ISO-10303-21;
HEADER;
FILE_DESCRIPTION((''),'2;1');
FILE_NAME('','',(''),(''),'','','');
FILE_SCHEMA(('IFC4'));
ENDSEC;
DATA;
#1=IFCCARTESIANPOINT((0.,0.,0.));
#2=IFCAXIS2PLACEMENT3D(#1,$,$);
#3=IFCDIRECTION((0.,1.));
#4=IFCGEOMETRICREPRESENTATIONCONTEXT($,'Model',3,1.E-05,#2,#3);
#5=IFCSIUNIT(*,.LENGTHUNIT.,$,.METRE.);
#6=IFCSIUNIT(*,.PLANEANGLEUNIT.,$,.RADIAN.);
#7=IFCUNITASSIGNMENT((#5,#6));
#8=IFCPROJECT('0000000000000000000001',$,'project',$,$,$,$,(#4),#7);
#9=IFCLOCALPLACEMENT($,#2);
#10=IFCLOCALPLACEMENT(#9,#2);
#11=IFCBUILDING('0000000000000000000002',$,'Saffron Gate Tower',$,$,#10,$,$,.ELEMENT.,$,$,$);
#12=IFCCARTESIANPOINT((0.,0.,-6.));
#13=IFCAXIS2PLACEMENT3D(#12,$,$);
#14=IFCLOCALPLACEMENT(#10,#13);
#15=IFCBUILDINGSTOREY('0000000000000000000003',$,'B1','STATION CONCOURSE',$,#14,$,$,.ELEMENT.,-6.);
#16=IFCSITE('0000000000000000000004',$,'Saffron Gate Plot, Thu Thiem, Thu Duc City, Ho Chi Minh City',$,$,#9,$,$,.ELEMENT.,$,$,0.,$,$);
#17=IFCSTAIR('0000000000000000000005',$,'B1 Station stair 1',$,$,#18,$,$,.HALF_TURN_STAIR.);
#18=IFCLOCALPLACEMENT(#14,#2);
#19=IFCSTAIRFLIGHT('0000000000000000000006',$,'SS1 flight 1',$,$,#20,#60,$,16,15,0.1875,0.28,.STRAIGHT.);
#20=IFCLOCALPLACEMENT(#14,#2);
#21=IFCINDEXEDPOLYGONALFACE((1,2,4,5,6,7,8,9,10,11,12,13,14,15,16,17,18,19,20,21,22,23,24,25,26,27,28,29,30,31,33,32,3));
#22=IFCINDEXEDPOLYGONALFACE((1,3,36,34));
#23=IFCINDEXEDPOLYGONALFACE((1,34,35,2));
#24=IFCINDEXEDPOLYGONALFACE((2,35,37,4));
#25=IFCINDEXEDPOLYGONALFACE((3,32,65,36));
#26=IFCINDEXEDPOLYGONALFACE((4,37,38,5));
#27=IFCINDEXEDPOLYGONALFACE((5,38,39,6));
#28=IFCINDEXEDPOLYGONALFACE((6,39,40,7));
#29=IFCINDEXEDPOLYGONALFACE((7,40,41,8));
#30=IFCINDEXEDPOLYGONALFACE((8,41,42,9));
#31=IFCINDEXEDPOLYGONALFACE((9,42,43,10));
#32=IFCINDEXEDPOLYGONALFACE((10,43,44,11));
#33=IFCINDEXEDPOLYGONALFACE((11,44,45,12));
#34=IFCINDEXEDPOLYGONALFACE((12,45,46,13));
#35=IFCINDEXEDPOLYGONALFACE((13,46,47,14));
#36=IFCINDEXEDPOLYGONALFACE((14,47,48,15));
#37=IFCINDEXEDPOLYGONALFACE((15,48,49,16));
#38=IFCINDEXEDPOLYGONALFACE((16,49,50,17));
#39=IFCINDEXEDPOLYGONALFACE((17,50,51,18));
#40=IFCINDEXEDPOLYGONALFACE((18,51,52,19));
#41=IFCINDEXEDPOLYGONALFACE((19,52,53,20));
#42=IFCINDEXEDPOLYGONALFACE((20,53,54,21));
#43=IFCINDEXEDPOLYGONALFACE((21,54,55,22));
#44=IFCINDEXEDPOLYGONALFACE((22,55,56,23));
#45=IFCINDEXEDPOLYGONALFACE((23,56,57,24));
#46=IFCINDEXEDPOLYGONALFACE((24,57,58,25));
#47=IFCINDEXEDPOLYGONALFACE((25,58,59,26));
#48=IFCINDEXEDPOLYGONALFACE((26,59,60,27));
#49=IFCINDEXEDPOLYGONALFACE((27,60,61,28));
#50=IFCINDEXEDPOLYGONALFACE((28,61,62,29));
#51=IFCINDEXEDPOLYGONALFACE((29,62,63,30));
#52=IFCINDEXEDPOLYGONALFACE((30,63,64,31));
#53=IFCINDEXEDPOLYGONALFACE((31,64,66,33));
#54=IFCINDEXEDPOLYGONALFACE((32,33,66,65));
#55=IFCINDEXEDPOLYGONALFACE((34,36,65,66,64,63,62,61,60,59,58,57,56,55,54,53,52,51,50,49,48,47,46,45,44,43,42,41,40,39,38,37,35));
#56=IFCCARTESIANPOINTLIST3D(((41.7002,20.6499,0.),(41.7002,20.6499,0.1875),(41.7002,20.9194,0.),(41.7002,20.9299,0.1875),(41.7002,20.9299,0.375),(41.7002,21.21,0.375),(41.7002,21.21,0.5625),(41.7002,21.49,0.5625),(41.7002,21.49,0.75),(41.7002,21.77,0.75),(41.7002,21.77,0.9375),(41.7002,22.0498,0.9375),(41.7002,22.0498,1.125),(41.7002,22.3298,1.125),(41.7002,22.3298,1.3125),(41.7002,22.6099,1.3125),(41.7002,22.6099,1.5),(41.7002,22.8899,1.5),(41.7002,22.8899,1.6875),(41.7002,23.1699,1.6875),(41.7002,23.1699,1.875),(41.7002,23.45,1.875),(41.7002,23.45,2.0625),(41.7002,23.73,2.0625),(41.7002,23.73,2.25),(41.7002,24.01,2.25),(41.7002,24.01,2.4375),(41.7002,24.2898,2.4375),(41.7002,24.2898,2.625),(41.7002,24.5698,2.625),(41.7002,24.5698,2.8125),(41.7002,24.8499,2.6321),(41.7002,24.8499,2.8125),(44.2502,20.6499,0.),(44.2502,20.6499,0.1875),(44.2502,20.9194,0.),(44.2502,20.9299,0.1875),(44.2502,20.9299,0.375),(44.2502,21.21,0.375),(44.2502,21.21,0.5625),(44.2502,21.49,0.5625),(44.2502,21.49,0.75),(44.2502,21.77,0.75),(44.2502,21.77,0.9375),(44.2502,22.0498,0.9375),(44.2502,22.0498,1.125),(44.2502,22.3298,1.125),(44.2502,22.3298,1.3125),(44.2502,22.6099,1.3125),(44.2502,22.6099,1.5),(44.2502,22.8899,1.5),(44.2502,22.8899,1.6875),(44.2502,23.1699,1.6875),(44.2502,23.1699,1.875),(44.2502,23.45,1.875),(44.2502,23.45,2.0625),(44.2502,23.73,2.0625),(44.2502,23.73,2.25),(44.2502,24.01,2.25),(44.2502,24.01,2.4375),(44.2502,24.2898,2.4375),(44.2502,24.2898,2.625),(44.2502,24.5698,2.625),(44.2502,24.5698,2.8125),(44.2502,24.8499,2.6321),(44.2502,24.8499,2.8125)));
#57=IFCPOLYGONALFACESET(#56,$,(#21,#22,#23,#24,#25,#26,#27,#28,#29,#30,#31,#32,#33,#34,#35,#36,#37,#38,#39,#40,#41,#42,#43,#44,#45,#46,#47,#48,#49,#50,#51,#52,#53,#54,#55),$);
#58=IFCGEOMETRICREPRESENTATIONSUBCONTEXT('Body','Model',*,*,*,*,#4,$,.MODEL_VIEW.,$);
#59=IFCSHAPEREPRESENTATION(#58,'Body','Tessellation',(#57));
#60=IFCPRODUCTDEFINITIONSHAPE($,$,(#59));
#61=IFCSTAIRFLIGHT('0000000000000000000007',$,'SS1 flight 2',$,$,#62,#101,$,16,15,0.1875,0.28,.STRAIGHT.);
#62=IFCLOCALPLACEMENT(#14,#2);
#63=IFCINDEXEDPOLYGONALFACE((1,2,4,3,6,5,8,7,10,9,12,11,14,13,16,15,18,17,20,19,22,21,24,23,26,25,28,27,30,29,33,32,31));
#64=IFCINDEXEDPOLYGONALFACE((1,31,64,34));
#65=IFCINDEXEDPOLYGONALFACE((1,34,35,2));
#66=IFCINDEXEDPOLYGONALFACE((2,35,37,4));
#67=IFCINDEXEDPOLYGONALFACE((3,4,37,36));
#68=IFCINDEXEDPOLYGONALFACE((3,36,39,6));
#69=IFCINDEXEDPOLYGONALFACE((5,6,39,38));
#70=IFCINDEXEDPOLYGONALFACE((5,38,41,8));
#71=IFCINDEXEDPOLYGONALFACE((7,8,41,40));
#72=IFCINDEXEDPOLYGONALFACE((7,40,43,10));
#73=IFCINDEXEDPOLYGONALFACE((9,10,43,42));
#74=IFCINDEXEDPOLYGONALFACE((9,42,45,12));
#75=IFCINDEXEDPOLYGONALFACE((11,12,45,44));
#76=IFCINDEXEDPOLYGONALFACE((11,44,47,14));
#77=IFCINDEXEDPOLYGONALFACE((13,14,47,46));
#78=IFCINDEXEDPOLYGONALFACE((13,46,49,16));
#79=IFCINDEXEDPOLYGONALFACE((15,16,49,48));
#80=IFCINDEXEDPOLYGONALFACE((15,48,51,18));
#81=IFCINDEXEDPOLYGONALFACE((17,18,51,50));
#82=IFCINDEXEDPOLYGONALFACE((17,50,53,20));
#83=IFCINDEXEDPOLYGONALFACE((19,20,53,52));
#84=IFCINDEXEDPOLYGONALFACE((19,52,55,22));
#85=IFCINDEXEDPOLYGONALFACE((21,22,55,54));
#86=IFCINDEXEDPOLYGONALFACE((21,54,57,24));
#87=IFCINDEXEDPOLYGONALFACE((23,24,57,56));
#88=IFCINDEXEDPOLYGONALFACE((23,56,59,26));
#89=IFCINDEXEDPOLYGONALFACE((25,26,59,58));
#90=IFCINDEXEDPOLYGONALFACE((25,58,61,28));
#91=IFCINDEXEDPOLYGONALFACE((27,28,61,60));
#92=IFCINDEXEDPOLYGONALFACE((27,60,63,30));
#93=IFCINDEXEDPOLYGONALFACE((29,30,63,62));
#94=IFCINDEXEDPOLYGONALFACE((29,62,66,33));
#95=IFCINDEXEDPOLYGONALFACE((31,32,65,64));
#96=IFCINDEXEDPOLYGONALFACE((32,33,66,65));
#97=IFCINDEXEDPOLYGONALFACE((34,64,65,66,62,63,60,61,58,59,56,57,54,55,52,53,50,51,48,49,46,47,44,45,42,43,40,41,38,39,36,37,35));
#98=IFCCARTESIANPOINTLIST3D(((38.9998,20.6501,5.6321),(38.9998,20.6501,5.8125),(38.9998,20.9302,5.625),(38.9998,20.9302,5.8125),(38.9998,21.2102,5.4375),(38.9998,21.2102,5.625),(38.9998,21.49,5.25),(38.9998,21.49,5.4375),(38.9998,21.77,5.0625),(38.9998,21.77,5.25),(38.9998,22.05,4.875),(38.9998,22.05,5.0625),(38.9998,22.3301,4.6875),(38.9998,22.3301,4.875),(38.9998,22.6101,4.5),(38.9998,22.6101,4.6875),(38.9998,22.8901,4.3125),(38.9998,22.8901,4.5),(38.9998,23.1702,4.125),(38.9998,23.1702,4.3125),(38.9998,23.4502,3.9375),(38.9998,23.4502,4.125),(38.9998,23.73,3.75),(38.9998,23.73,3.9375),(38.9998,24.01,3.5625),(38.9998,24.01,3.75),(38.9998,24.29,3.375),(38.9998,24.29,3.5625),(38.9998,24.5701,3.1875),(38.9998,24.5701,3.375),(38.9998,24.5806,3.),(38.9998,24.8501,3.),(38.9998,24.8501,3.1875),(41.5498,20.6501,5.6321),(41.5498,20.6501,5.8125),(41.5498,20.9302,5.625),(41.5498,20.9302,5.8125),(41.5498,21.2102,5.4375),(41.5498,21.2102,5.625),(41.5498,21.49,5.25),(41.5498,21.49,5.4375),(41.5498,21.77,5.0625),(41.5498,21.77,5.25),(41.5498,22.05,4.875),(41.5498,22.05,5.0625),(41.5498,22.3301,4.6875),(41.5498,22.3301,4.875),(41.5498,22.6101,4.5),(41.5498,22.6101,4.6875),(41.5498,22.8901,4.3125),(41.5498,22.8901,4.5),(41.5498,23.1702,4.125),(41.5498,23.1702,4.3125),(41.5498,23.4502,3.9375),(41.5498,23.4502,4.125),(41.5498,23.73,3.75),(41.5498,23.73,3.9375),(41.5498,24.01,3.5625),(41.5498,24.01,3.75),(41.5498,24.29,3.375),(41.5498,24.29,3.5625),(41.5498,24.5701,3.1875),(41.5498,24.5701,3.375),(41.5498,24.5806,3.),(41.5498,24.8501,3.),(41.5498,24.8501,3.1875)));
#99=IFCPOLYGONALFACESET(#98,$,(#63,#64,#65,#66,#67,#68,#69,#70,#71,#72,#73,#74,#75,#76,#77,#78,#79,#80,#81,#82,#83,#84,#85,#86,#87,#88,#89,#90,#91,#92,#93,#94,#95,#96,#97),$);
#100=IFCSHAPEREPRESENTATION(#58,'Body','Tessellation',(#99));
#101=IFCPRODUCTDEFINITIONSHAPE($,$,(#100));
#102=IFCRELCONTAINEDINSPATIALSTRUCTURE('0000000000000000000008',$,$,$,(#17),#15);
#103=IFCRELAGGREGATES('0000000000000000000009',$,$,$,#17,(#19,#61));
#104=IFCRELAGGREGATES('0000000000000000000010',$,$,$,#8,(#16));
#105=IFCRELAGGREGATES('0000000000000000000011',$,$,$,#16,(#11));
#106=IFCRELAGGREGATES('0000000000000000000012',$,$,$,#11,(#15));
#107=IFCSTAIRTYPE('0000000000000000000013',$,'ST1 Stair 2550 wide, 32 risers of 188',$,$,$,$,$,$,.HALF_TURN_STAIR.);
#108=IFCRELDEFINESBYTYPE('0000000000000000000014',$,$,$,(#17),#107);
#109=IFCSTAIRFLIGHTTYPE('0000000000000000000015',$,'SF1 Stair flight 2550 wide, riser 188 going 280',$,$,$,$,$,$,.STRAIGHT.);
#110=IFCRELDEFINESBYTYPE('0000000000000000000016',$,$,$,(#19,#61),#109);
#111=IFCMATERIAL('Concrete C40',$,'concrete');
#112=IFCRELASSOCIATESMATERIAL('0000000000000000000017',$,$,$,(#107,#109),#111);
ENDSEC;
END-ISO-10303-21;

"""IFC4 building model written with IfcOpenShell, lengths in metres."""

from ifc_helpers import new_model, si_unit, direction, frame, origin, place, context, subcontext, project, spatial, polyline, outline, extrude, material, type_object, element, aggregate, save


model = new_model("IFC4")

# Units and contexts
model_context = context("Model", 3, precision=1e-05, world=origin(), true_north=direction((0.0, 1.0)))
body_context = subcontext(model_context, "Body", "Model", "MODEL_VIEW")
ifc_project = project(units=[si_unit("LENGTHUNIT", "METRE"), si_unit("PLANEANGLEUNIT", "RADIAN")], contexts=[model_context])

# Site, building, storey
site_placement = place(None, origin())
site = spatial("IfcSite", under=ifc_project, at=site_placement, Name="Saffron Gate Plot, Thu Thiem, Thu Duc City, Ho Chi Minh City", CompositionType="ELEMENT", RefElevation=0.0)
building_placement = place(site_placement, origin())
building = spatial("IfcBuilding", under=site, at=building_placement, Name="Saffron Gate Tower", CompositionType="ELEMENT")
storey_placement = place(building_placement, frame((0.0, 0.0, -6.0)))
storey = spatial("IfcBuildingStorey", under=building, at=storey_placement, Name="B1", Description="STATION CONCOURSE", CompositionType="ELEMENT", Elevation=-6.0)

# Shared definitions
ifc_material_1 = material(Name="Concrete C40", Category="concrete")

# Stair, stair flights
stair_type = type_object("IfcStairType", Name="ST1 Stair 2550 wide, 32 risers of 188", PredefinedType="HALF_TURN_STAIR", material=ifc_material_1)
stair_placement = place(storey_placement, origin())
stair = element("IfcStair", 1, at=stair_placement, inside=storey, type_object=stair_type, Name="B1 Station stair 1", PredefinedType="HALF_TURN_STAIR")
stair_flight_type = type_object("IfcStairFlightType", Name="SF1 Stair flight 2550 wide, riser 188 going 280", PredefinedType="STRAIGHT", material=ifc_material_1)
stair_flight_1_placement = place(storey_placement, frame((42.9751, 20.6499, 0.0), z_axis=(0.0, 0.0, 1.0), x_axis=(0.0, 1.0, 0.0)))
stair_flight_1 = element("IfcStairFlight", 2, at=stair_flight_1_placement, type_object=stair_flight_type, Name="SS1 flight 1", NumberOfRisers=16, NumberOfTreads=15, PredefinedType="STRAIGHT", RiserHeight=0.1875, TreadLength=0.28, context=body_context, shape_type="SweptSolid", body=[
    extrude(outline(polyline([(0.0, 0.0), (0.0, 0.1875), (0.28, 0.1875), (0.28, 0.375), (0.5601, 0.375), (0.5601, 0.5625), (0.8401, 0.5625), (0.8401, 0.75), (1.1201, 0.75), (1.1201, 0.9375), (1.3999, 0.9375), (1.3999, 1.125), (1.6799, 1.125), (1.6799, 1.3125), (1.96, 1.3125), (1.96, 1.5), (2.24, 1.5), (2.24, 1.6875), (2.52, 1.6875), (2.52, 1.875), (2.8, 1.875), (2.8, 2.0625), (3.0801, 2.0625), (3.0801, 2.25), (3.3601, 2.25), (3.3601, 2.4375), (3.6399, 2.4375), (3.6399, 2.625), (3.9199, 2.625), (3.9199, 2.8125), (4.2, 2.8125), (4.2, 3.0), (4.2, 2.6321), (0.2695, 0.0), (0.0, 0.0)])), frame((0.0, 1.2749, 0.0), z_axis=(0.0, -1.0, 0.0), x_axis=(1.0, 0.0, 0.0)), (0.0, 0.0, 1.0), 2.55),
])
stair_flight_2_placement = place(storey_placement, frame((40.2749, 24.8501, 3.0), z_axis=(0.0, 0.0, 1.0), x_axis=(0.0, -1.0, 0.0)))
stair_flight_2 = element("IfcStairFlight", 3, at=stair_flight_2_placement, type_object=stair_flight_type, Name="SS1 flight 2", NumberOfRisers=16, NumberOfTreads=15, PredefinedType="STRAIGHT", RiserHeight=0.1875, TreadLength=0.28, context=body_context, shape_type="SweptSolid", body=[
    extrude(outline(polyline([(0.0, 0.0), (0.0, 0.1875), (0.28, 0.1875), (0.28, 0.375), (0.5601, 0.375), (0.5601, 0.5625), (0.8401, 0.5625), (0.8401, 0.75), (1.1201, 0.75), (1.1201, 0.9375), (1.3999, 0.9375), (1.3999, 1.125), (1.6799, 1.125), (1.6799, 1.3125), (1.96, 1.3125), (1.96, 1.5), (2.24, 1.5), (2.24, 1.6875), (2.52, 1.6875), (2.52, 1.875), (2.8, 1.875), (2.8, 2.0625), (3.0801, 2.0625), (3.0801, 2.25), (3.3601, 2.25), (3.3601, 2.4375), (3.6399, 2.4375), (3.6399, 2.625), (3.9199, 2.625), (3.9199, 2.8125), (4.2, 2.8125), (4.2, 3.0), (4.2, 2.6321), (0.2695, 0.0), (0.0, 0.0)])), frame((0.0, 1.2749, 0.0), z_axis=(0.0, -1.0, 0.0), x_axis=(1.0, 0.0, 0.0)), (0.0, 0.0, 1.0), 2.55),
])
aggregate(stair, [stair_flight_1, stair_flight_2])

save(model, "model.ifc")
